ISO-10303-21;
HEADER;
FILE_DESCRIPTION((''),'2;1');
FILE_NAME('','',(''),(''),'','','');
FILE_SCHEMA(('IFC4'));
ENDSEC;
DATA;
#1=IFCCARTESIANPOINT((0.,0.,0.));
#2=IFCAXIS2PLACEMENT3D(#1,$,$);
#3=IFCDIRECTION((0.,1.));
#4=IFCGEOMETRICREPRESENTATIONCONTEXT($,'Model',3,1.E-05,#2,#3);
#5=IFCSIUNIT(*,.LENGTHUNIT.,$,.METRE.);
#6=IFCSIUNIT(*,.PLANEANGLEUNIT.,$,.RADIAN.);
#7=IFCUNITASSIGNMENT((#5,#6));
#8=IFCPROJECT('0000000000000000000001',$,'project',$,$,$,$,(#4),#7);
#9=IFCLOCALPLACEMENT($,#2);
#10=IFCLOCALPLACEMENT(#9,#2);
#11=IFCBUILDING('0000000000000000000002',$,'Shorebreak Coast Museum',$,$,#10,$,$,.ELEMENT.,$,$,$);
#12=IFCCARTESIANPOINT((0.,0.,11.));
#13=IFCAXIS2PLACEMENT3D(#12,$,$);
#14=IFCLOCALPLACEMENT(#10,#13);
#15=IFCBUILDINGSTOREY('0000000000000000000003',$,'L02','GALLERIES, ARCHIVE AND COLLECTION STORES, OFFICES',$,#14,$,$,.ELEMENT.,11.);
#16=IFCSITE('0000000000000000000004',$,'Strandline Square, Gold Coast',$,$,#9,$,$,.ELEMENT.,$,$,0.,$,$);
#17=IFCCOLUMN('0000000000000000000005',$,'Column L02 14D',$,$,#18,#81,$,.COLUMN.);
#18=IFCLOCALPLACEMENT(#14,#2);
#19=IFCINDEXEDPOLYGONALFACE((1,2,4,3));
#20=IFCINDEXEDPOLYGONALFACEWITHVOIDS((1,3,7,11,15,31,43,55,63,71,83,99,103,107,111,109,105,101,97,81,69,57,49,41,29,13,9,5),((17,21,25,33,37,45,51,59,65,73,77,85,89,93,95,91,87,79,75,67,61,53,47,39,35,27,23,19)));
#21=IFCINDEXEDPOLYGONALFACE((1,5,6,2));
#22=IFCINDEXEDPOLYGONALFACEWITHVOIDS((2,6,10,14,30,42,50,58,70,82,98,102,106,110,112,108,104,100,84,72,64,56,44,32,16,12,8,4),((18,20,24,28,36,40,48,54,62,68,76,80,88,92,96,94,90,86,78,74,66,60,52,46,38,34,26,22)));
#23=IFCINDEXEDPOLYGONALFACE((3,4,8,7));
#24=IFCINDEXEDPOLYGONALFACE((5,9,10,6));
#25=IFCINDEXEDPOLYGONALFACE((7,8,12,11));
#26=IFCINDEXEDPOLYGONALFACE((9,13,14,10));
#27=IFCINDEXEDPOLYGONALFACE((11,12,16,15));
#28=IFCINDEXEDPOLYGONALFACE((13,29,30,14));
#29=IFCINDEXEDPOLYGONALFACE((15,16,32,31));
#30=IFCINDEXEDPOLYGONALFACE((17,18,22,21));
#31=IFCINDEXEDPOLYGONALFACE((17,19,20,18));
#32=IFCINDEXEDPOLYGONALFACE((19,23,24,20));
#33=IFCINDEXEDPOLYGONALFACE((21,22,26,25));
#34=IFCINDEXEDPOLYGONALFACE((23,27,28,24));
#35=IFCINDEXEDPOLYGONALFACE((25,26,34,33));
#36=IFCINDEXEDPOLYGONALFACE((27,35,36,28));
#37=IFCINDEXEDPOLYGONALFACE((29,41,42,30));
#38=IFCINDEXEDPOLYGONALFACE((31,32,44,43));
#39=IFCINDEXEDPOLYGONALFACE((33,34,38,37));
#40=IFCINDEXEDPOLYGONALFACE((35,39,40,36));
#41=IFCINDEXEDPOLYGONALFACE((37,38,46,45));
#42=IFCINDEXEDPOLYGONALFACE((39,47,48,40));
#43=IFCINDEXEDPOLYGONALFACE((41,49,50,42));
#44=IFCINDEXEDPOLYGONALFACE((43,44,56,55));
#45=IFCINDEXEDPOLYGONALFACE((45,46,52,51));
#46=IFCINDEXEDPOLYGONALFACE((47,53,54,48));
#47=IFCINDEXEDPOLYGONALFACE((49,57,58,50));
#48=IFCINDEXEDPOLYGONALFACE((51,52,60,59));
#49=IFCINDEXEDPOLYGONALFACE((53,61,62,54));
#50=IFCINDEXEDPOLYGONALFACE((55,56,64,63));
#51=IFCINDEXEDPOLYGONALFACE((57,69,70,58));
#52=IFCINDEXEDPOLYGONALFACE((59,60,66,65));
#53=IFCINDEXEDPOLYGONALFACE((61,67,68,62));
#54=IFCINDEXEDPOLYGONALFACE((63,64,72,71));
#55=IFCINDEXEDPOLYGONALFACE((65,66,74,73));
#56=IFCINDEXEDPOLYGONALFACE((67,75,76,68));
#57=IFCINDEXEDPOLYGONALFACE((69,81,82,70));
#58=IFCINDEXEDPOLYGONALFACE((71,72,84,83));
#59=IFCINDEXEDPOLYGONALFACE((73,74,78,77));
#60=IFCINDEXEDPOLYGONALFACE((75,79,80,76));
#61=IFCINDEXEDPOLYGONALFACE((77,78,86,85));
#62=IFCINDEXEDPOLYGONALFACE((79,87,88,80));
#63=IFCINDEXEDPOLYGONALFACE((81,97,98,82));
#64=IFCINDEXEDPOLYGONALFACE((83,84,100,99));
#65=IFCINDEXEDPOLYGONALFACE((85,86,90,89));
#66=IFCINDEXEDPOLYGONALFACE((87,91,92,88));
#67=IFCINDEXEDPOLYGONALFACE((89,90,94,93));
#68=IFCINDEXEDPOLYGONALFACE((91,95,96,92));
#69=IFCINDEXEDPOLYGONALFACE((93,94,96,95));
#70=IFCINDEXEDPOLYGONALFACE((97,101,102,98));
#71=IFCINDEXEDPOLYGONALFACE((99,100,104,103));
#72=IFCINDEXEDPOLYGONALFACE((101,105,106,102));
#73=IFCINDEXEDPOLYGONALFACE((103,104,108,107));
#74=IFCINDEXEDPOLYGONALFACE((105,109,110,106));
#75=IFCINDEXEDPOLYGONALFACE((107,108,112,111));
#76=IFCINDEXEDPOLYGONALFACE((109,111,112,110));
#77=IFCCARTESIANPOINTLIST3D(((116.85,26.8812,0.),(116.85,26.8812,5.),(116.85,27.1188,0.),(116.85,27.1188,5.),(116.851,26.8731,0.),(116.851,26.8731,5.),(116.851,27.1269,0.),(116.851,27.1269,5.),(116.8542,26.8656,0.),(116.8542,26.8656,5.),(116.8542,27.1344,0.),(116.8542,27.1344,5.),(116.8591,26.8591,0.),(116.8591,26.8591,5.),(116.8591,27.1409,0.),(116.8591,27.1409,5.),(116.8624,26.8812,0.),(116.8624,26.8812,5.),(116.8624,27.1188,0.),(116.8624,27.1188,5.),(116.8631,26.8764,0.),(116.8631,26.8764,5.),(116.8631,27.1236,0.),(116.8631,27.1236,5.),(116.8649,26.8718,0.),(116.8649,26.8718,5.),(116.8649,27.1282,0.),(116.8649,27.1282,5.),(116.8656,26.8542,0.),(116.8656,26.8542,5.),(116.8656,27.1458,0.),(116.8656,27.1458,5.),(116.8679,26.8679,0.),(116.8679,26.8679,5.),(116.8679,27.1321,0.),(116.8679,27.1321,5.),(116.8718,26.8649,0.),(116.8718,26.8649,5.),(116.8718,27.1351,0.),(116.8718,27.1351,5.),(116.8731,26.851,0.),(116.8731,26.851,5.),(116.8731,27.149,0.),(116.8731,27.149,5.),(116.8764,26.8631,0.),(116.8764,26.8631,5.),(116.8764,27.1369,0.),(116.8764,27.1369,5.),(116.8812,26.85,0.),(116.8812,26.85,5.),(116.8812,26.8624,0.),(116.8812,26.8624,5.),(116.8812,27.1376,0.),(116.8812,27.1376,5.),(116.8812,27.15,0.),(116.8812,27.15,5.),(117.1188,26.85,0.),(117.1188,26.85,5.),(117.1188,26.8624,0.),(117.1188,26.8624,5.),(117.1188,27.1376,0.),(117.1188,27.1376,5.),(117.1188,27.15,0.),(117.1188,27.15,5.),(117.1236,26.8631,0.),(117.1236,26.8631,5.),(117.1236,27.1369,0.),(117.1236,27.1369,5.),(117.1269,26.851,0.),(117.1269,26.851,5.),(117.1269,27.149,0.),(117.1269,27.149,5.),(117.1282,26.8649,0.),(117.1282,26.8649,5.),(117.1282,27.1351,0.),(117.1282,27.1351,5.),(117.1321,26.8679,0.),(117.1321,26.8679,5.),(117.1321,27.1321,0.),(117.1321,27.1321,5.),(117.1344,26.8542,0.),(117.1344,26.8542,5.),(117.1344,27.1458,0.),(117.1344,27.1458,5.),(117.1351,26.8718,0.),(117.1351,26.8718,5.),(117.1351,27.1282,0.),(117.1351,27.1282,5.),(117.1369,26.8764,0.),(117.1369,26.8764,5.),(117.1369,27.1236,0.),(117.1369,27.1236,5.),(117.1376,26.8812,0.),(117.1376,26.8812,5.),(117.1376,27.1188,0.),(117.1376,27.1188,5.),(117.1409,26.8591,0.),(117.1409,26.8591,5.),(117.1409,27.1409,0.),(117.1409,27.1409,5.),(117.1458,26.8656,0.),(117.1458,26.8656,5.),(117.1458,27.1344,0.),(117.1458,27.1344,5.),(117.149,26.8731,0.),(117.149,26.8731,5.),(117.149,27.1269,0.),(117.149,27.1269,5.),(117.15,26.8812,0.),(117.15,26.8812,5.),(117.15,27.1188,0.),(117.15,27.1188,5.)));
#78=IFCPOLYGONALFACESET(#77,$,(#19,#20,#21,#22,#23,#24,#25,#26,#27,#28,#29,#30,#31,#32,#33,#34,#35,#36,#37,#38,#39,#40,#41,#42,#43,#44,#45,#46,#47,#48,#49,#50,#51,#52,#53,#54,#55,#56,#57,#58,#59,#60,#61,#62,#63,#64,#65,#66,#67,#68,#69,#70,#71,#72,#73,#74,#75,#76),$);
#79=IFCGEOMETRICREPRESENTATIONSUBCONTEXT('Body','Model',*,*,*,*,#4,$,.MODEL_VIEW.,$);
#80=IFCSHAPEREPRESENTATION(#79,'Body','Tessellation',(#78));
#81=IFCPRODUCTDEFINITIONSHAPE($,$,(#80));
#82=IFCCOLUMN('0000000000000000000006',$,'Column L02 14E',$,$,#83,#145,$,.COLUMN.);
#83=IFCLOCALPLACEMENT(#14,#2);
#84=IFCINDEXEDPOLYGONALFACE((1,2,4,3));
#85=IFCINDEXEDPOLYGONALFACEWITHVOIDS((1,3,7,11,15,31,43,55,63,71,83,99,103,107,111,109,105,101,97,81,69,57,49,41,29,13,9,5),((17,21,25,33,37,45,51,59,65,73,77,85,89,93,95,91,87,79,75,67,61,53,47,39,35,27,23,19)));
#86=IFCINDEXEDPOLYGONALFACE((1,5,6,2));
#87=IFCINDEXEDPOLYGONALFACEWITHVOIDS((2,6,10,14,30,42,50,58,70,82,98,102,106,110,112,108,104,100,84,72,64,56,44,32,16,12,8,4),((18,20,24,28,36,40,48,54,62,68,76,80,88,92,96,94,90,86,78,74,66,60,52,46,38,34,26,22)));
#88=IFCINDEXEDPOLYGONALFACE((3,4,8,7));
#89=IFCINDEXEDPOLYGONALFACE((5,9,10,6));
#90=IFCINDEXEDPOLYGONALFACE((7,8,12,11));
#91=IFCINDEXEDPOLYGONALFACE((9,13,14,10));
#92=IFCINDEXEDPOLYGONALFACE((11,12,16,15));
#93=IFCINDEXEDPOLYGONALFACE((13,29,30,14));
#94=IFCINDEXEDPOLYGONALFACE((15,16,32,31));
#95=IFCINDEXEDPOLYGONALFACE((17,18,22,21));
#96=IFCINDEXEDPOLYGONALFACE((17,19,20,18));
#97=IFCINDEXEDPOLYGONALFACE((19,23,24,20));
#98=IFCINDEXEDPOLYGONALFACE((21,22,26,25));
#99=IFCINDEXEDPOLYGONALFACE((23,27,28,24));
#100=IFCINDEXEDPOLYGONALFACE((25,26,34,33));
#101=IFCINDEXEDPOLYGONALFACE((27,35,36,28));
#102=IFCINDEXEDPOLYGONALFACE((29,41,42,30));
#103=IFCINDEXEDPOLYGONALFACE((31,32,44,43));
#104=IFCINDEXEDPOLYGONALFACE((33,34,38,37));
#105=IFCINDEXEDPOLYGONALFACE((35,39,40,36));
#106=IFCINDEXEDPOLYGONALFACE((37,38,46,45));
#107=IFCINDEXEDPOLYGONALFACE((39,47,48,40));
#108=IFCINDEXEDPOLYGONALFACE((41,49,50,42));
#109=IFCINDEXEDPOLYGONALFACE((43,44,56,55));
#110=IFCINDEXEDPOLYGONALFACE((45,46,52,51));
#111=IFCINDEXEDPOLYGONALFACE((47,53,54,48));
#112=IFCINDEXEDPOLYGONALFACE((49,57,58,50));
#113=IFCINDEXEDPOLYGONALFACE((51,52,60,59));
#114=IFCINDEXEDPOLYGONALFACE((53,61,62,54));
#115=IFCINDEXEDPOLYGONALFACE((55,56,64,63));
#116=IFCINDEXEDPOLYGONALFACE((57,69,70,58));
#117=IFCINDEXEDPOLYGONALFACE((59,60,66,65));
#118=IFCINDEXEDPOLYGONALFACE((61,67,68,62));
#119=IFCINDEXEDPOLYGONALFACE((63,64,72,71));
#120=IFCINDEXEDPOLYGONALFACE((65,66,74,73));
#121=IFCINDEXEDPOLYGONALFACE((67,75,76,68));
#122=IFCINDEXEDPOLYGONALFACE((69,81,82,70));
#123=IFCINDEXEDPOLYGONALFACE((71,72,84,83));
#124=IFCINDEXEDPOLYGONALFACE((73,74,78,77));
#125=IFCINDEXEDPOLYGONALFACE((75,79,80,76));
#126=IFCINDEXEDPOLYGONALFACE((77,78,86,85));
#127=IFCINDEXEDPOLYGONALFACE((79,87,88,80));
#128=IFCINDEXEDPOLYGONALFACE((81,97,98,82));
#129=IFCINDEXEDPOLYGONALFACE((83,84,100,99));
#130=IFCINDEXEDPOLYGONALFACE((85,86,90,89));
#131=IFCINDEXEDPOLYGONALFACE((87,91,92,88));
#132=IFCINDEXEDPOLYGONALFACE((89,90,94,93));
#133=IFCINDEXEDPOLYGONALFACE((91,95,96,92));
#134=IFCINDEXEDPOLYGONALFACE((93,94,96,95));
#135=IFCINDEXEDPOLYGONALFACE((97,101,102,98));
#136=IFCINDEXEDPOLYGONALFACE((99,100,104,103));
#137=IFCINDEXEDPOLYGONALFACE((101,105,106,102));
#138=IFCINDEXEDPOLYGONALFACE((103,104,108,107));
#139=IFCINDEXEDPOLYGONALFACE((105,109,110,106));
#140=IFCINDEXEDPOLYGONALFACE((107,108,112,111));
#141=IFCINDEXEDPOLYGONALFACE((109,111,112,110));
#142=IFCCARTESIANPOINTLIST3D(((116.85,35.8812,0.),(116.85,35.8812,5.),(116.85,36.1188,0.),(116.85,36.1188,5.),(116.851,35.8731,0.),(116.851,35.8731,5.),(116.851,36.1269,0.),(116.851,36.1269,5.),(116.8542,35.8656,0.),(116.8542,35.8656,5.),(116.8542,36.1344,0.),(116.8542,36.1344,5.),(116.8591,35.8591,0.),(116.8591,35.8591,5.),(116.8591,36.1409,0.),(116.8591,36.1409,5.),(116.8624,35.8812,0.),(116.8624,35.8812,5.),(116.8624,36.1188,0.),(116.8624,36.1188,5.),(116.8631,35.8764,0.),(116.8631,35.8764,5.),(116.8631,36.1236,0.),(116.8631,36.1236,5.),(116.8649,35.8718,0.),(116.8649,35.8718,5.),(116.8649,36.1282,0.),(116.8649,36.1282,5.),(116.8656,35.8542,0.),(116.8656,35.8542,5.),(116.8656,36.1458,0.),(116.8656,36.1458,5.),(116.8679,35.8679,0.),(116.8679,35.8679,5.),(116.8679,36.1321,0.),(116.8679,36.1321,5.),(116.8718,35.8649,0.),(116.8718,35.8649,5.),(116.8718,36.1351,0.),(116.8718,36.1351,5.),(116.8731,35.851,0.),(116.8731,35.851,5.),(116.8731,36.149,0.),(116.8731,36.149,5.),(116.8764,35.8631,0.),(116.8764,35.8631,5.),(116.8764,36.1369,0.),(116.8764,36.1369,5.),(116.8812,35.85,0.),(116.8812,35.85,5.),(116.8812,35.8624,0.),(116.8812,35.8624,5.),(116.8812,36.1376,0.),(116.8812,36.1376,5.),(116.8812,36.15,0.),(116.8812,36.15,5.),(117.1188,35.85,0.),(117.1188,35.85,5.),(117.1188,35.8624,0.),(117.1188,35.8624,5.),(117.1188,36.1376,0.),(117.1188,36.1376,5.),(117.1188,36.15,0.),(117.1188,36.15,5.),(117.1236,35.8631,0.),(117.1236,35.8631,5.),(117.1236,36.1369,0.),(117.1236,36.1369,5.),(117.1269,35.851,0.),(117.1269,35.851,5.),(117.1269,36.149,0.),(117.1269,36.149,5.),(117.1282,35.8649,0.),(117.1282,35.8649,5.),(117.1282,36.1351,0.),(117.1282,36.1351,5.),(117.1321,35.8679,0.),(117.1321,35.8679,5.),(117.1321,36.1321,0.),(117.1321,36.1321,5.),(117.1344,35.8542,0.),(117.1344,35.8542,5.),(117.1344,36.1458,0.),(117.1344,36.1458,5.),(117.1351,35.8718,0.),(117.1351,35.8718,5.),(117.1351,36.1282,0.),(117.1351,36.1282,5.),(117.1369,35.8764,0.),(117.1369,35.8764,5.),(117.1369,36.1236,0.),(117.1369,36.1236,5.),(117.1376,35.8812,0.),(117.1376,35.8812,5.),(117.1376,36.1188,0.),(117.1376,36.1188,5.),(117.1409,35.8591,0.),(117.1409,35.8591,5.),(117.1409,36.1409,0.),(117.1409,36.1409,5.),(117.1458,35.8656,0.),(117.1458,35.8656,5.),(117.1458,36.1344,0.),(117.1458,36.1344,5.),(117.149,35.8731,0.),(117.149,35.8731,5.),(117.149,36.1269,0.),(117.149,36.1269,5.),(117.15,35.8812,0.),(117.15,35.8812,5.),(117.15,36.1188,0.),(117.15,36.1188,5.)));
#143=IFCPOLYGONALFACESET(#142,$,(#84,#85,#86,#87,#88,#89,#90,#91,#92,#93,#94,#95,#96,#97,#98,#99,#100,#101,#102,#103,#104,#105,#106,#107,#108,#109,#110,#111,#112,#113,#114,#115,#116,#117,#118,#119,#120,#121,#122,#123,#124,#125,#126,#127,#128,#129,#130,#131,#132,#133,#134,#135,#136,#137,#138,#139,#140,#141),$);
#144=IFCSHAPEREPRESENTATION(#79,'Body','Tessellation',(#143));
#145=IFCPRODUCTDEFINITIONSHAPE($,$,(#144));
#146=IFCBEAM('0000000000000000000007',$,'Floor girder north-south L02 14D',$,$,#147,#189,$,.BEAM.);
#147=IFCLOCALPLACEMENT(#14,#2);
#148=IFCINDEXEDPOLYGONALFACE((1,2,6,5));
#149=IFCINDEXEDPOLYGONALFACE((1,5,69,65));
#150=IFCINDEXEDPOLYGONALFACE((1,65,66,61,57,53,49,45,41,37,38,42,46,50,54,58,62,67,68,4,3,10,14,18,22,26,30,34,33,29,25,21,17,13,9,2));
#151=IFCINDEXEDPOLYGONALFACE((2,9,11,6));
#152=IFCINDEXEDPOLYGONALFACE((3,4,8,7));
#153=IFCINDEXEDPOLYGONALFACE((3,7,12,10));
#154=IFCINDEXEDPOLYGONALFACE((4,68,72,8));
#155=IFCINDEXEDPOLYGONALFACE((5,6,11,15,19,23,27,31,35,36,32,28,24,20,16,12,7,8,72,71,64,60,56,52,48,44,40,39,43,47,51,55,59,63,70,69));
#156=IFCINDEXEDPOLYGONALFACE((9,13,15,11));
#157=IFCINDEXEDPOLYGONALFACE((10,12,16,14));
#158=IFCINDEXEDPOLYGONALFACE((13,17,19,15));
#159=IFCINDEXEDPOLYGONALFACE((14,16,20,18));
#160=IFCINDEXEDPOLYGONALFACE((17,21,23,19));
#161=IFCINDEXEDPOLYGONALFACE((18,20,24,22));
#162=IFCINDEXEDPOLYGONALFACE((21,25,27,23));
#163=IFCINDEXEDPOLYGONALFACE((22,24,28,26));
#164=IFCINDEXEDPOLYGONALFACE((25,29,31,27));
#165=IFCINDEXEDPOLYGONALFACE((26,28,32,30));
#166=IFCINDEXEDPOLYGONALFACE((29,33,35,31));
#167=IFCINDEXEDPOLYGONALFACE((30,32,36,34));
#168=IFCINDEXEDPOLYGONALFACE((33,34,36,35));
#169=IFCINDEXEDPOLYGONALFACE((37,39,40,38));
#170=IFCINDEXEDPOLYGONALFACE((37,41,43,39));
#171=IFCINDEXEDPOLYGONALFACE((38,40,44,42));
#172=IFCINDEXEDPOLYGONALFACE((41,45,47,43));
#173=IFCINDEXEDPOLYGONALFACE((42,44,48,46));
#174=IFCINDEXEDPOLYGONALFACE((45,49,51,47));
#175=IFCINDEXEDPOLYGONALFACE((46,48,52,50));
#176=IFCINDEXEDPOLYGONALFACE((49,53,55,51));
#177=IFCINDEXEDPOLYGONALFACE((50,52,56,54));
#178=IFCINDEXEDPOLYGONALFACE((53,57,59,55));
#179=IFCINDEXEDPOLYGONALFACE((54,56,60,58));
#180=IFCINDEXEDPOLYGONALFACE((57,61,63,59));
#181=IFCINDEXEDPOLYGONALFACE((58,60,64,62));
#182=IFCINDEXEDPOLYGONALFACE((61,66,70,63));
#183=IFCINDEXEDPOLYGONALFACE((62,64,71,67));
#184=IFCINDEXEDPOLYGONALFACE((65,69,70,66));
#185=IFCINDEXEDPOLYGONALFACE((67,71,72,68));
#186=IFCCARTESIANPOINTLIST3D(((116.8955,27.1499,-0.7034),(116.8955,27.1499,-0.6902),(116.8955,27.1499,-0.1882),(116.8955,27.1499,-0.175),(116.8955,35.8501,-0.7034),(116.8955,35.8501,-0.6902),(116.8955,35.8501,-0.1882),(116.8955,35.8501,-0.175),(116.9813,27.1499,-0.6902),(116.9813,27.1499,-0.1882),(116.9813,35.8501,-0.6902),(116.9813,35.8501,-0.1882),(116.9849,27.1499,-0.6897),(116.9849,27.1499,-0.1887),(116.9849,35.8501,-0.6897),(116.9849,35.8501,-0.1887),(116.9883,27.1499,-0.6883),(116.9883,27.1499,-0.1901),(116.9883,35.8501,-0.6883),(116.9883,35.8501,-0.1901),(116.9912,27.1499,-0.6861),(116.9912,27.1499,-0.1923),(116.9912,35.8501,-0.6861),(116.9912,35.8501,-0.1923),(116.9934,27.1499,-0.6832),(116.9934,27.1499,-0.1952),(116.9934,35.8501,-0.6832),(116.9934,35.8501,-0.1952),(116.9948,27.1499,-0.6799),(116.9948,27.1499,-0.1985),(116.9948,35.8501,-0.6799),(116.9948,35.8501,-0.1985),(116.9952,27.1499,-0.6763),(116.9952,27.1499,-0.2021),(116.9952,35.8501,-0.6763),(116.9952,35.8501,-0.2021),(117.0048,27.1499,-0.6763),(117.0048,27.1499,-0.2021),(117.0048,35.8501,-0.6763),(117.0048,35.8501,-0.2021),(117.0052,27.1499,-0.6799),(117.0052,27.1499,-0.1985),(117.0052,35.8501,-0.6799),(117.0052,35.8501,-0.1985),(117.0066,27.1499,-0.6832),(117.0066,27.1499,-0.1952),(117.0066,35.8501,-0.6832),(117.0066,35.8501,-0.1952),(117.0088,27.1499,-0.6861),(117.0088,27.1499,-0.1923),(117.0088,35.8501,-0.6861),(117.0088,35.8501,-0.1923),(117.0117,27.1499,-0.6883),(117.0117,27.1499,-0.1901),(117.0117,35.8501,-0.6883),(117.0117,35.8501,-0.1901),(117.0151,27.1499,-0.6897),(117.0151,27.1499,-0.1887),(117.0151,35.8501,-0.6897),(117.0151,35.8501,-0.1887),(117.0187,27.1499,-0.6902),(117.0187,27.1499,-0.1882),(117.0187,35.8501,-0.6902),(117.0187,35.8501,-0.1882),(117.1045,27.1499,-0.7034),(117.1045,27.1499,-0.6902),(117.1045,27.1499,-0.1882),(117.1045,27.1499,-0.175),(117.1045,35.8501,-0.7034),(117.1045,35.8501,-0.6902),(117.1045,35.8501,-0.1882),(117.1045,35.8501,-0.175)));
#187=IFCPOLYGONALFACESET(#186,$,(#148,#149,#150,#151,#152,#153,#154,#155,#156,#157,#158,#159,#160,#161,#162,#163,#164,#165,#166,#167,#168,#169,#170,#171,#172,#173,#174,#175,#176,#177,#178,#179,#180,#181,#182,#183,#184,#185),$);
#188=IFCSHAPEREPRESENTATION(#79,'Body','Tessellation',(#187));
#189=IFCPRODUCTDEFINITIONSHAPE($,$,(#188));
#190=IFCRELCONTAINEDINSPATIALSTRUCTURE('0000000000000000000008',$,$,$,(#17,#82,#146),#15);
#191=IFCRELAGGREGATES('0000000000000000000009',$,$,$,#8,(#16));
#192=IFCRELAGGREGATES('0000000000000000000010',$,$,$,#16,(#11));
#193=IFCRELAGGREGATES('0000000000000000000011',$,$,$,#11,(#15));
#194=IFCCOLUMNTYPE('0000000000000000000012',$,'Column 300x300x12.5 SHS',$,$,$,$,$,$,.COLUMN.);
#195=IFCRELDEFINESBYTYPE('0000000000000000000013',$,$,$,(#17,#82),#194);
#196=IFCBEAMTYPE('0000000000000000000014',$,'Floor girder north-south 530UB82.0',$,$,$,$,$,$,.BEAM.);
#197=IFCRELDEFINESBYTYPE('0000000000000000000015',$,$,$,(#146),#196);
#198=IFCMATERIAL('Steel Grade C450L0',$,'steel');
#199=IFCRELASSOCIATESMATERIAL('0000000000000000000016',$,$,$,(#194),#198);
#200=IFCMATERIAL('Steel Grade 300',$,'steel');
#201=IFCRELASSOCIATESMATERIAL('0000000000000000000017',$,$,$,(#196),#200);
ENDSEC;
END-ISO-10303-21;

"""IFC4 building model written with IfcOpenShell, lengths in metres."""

from ifc_helpers import new_model, si_unit, direction, frame, origin, origin_2d, place, context, subcontext, project, spatial, hollow_rectangle, i_section, extrude, material, material_profile, profile_set, type_object, element, save


model = new_model("IFC4")

# Units and contexts
model_context = context("Model", 3, precision=1e-05, world=origin(), true_north=direction((0.0, 1.0)))
body_context = subcontext(model_context, "Body", "Model", "MODEL_VIEW")
ifc_project = project(units=[si_unit("LENGTHUNIT", "METRE"), si_unit("PLANEANGLEUNIT", "RADIAN")], contexts=[model_context])

# Site, building, storey
site_placement = place(None, origin())
site = spatial("IfcSite", under=ifc_project, at=site_placement, Name="Strandline Square, Gold Coast", CompositionType="ELEMENT", RefElevation=0.0)
building_placement = place(site_placement, origin())
building = spatial("IfcBuilding", under=site, at=building_placement, Name="Shorebreak Coast Museum", CompositionType="ELEMENT")
storey_placement = place(building_placement, frame((0.0, 0.0, 11.0)))
storey = spatial("IfcBuildingStorey", under=building, at=storey_placement, Name="L02", Description="GALLERIES, ARCHIVE AND COLLECTION STORES, OFFICES", CompositionType="ELEMENT", Elevation=11.0)

# Columns
ifc_material_1 = material(Name="Steel Grade C450L0", Category="steel")
ifc_material_profile_1 = material_profile(ifc_material_1, hollow_rectangle(XDim=0.3, YDim=0.3, WallThickness=0.0125, InnerFilletRadius=0.0188, OuterFilletRadius=0.0312, at=origin_2d()), Name="300x300x12.5 SHS")
ifc_profile_set_1 = profile_set([ifc_material_profile_1], Name="Steel Grade C450L0")
column_type = type_object("IfcColumnType", Name="Column 300x300x12.5 SHS", PredefinedType="COLUMN", material=ifc_profile_set_1)
for number, where, z_axis, x_axis, name in (
    (1, (117.0, 27.0, 0.0), (0.0, 0.0, 1.0), (1.0, 0.0, 0.0), "Column L02 14D"),
    (2, (117.0, 36.0, 0.0), (0.0, 0.0, 1.0), (1.0, 0.0, 0.0), "Column L02 14E"),
):
    element("IfcColumn", number, at=place(storey_placement, frame(where, z_axis=z_axis, x_axis=x_axis)), inside=storey, type_object=column_type, Name=name, PredefinedType="COLUMN", context=body_context, shape_type="SweptSolid", body=[
        extrude(hollow_rectangle(XDim=0.3, YDim=0.3, WallThickness=0.0125, InnerFilletRadius=0.0188, OuterFilletRadius=0.0312, at=origin_2d()), origin(), (0.0, 0.0, 1.0), 5.0),
    ])

# Beam
ifc_material_2 = material(Name="Steel Grade 300", Category="steel")
ifc_material_profile_2 = material_profile(ifc_material_2, i_section(OverallWidth=0.209, OverallDepth=0.5283, WebThickness=0.0095, FlangeThickness=0.0132, FilletRadius=0.0139, at=origin_2d()), Name="530UB82.0")
ifc_profile_set_2 = profile_set([ifc_material_profile_2], Name="Steel Grade 300")
beam_type_1 = type_object("IfcBeamType", Name="Floor girder north-south 530UB82.0", PredefinedType="BEAM", material=ifc_profile_set_2)
beam_1_placement = place(storey_placement, frame((117.0, 27.1499, -0.4392), z_axis=(0.0, 1.0, 0.0), x_axis=(-1.0, 0.0, 0.0)))
element("IfcBeam", 3, at=beam_1_placement, inside=storey, type_object=beam_type_1, Name="Floor girder north-south L02 14D", PredefinedType="BEAM", context=body_context, shape_type="SweptSolid", body=[
    extrude(i_section(OverallWidth=0.209, OverallDepth=0.5283, WebThickness=0.0095, FlangeThickness=0.0132, FilletRadius=0.0139, at=origin_2d()), origin(), (0.0, 0.0, 1.0), 8.7002),
])

save(model, "model.ifc")
